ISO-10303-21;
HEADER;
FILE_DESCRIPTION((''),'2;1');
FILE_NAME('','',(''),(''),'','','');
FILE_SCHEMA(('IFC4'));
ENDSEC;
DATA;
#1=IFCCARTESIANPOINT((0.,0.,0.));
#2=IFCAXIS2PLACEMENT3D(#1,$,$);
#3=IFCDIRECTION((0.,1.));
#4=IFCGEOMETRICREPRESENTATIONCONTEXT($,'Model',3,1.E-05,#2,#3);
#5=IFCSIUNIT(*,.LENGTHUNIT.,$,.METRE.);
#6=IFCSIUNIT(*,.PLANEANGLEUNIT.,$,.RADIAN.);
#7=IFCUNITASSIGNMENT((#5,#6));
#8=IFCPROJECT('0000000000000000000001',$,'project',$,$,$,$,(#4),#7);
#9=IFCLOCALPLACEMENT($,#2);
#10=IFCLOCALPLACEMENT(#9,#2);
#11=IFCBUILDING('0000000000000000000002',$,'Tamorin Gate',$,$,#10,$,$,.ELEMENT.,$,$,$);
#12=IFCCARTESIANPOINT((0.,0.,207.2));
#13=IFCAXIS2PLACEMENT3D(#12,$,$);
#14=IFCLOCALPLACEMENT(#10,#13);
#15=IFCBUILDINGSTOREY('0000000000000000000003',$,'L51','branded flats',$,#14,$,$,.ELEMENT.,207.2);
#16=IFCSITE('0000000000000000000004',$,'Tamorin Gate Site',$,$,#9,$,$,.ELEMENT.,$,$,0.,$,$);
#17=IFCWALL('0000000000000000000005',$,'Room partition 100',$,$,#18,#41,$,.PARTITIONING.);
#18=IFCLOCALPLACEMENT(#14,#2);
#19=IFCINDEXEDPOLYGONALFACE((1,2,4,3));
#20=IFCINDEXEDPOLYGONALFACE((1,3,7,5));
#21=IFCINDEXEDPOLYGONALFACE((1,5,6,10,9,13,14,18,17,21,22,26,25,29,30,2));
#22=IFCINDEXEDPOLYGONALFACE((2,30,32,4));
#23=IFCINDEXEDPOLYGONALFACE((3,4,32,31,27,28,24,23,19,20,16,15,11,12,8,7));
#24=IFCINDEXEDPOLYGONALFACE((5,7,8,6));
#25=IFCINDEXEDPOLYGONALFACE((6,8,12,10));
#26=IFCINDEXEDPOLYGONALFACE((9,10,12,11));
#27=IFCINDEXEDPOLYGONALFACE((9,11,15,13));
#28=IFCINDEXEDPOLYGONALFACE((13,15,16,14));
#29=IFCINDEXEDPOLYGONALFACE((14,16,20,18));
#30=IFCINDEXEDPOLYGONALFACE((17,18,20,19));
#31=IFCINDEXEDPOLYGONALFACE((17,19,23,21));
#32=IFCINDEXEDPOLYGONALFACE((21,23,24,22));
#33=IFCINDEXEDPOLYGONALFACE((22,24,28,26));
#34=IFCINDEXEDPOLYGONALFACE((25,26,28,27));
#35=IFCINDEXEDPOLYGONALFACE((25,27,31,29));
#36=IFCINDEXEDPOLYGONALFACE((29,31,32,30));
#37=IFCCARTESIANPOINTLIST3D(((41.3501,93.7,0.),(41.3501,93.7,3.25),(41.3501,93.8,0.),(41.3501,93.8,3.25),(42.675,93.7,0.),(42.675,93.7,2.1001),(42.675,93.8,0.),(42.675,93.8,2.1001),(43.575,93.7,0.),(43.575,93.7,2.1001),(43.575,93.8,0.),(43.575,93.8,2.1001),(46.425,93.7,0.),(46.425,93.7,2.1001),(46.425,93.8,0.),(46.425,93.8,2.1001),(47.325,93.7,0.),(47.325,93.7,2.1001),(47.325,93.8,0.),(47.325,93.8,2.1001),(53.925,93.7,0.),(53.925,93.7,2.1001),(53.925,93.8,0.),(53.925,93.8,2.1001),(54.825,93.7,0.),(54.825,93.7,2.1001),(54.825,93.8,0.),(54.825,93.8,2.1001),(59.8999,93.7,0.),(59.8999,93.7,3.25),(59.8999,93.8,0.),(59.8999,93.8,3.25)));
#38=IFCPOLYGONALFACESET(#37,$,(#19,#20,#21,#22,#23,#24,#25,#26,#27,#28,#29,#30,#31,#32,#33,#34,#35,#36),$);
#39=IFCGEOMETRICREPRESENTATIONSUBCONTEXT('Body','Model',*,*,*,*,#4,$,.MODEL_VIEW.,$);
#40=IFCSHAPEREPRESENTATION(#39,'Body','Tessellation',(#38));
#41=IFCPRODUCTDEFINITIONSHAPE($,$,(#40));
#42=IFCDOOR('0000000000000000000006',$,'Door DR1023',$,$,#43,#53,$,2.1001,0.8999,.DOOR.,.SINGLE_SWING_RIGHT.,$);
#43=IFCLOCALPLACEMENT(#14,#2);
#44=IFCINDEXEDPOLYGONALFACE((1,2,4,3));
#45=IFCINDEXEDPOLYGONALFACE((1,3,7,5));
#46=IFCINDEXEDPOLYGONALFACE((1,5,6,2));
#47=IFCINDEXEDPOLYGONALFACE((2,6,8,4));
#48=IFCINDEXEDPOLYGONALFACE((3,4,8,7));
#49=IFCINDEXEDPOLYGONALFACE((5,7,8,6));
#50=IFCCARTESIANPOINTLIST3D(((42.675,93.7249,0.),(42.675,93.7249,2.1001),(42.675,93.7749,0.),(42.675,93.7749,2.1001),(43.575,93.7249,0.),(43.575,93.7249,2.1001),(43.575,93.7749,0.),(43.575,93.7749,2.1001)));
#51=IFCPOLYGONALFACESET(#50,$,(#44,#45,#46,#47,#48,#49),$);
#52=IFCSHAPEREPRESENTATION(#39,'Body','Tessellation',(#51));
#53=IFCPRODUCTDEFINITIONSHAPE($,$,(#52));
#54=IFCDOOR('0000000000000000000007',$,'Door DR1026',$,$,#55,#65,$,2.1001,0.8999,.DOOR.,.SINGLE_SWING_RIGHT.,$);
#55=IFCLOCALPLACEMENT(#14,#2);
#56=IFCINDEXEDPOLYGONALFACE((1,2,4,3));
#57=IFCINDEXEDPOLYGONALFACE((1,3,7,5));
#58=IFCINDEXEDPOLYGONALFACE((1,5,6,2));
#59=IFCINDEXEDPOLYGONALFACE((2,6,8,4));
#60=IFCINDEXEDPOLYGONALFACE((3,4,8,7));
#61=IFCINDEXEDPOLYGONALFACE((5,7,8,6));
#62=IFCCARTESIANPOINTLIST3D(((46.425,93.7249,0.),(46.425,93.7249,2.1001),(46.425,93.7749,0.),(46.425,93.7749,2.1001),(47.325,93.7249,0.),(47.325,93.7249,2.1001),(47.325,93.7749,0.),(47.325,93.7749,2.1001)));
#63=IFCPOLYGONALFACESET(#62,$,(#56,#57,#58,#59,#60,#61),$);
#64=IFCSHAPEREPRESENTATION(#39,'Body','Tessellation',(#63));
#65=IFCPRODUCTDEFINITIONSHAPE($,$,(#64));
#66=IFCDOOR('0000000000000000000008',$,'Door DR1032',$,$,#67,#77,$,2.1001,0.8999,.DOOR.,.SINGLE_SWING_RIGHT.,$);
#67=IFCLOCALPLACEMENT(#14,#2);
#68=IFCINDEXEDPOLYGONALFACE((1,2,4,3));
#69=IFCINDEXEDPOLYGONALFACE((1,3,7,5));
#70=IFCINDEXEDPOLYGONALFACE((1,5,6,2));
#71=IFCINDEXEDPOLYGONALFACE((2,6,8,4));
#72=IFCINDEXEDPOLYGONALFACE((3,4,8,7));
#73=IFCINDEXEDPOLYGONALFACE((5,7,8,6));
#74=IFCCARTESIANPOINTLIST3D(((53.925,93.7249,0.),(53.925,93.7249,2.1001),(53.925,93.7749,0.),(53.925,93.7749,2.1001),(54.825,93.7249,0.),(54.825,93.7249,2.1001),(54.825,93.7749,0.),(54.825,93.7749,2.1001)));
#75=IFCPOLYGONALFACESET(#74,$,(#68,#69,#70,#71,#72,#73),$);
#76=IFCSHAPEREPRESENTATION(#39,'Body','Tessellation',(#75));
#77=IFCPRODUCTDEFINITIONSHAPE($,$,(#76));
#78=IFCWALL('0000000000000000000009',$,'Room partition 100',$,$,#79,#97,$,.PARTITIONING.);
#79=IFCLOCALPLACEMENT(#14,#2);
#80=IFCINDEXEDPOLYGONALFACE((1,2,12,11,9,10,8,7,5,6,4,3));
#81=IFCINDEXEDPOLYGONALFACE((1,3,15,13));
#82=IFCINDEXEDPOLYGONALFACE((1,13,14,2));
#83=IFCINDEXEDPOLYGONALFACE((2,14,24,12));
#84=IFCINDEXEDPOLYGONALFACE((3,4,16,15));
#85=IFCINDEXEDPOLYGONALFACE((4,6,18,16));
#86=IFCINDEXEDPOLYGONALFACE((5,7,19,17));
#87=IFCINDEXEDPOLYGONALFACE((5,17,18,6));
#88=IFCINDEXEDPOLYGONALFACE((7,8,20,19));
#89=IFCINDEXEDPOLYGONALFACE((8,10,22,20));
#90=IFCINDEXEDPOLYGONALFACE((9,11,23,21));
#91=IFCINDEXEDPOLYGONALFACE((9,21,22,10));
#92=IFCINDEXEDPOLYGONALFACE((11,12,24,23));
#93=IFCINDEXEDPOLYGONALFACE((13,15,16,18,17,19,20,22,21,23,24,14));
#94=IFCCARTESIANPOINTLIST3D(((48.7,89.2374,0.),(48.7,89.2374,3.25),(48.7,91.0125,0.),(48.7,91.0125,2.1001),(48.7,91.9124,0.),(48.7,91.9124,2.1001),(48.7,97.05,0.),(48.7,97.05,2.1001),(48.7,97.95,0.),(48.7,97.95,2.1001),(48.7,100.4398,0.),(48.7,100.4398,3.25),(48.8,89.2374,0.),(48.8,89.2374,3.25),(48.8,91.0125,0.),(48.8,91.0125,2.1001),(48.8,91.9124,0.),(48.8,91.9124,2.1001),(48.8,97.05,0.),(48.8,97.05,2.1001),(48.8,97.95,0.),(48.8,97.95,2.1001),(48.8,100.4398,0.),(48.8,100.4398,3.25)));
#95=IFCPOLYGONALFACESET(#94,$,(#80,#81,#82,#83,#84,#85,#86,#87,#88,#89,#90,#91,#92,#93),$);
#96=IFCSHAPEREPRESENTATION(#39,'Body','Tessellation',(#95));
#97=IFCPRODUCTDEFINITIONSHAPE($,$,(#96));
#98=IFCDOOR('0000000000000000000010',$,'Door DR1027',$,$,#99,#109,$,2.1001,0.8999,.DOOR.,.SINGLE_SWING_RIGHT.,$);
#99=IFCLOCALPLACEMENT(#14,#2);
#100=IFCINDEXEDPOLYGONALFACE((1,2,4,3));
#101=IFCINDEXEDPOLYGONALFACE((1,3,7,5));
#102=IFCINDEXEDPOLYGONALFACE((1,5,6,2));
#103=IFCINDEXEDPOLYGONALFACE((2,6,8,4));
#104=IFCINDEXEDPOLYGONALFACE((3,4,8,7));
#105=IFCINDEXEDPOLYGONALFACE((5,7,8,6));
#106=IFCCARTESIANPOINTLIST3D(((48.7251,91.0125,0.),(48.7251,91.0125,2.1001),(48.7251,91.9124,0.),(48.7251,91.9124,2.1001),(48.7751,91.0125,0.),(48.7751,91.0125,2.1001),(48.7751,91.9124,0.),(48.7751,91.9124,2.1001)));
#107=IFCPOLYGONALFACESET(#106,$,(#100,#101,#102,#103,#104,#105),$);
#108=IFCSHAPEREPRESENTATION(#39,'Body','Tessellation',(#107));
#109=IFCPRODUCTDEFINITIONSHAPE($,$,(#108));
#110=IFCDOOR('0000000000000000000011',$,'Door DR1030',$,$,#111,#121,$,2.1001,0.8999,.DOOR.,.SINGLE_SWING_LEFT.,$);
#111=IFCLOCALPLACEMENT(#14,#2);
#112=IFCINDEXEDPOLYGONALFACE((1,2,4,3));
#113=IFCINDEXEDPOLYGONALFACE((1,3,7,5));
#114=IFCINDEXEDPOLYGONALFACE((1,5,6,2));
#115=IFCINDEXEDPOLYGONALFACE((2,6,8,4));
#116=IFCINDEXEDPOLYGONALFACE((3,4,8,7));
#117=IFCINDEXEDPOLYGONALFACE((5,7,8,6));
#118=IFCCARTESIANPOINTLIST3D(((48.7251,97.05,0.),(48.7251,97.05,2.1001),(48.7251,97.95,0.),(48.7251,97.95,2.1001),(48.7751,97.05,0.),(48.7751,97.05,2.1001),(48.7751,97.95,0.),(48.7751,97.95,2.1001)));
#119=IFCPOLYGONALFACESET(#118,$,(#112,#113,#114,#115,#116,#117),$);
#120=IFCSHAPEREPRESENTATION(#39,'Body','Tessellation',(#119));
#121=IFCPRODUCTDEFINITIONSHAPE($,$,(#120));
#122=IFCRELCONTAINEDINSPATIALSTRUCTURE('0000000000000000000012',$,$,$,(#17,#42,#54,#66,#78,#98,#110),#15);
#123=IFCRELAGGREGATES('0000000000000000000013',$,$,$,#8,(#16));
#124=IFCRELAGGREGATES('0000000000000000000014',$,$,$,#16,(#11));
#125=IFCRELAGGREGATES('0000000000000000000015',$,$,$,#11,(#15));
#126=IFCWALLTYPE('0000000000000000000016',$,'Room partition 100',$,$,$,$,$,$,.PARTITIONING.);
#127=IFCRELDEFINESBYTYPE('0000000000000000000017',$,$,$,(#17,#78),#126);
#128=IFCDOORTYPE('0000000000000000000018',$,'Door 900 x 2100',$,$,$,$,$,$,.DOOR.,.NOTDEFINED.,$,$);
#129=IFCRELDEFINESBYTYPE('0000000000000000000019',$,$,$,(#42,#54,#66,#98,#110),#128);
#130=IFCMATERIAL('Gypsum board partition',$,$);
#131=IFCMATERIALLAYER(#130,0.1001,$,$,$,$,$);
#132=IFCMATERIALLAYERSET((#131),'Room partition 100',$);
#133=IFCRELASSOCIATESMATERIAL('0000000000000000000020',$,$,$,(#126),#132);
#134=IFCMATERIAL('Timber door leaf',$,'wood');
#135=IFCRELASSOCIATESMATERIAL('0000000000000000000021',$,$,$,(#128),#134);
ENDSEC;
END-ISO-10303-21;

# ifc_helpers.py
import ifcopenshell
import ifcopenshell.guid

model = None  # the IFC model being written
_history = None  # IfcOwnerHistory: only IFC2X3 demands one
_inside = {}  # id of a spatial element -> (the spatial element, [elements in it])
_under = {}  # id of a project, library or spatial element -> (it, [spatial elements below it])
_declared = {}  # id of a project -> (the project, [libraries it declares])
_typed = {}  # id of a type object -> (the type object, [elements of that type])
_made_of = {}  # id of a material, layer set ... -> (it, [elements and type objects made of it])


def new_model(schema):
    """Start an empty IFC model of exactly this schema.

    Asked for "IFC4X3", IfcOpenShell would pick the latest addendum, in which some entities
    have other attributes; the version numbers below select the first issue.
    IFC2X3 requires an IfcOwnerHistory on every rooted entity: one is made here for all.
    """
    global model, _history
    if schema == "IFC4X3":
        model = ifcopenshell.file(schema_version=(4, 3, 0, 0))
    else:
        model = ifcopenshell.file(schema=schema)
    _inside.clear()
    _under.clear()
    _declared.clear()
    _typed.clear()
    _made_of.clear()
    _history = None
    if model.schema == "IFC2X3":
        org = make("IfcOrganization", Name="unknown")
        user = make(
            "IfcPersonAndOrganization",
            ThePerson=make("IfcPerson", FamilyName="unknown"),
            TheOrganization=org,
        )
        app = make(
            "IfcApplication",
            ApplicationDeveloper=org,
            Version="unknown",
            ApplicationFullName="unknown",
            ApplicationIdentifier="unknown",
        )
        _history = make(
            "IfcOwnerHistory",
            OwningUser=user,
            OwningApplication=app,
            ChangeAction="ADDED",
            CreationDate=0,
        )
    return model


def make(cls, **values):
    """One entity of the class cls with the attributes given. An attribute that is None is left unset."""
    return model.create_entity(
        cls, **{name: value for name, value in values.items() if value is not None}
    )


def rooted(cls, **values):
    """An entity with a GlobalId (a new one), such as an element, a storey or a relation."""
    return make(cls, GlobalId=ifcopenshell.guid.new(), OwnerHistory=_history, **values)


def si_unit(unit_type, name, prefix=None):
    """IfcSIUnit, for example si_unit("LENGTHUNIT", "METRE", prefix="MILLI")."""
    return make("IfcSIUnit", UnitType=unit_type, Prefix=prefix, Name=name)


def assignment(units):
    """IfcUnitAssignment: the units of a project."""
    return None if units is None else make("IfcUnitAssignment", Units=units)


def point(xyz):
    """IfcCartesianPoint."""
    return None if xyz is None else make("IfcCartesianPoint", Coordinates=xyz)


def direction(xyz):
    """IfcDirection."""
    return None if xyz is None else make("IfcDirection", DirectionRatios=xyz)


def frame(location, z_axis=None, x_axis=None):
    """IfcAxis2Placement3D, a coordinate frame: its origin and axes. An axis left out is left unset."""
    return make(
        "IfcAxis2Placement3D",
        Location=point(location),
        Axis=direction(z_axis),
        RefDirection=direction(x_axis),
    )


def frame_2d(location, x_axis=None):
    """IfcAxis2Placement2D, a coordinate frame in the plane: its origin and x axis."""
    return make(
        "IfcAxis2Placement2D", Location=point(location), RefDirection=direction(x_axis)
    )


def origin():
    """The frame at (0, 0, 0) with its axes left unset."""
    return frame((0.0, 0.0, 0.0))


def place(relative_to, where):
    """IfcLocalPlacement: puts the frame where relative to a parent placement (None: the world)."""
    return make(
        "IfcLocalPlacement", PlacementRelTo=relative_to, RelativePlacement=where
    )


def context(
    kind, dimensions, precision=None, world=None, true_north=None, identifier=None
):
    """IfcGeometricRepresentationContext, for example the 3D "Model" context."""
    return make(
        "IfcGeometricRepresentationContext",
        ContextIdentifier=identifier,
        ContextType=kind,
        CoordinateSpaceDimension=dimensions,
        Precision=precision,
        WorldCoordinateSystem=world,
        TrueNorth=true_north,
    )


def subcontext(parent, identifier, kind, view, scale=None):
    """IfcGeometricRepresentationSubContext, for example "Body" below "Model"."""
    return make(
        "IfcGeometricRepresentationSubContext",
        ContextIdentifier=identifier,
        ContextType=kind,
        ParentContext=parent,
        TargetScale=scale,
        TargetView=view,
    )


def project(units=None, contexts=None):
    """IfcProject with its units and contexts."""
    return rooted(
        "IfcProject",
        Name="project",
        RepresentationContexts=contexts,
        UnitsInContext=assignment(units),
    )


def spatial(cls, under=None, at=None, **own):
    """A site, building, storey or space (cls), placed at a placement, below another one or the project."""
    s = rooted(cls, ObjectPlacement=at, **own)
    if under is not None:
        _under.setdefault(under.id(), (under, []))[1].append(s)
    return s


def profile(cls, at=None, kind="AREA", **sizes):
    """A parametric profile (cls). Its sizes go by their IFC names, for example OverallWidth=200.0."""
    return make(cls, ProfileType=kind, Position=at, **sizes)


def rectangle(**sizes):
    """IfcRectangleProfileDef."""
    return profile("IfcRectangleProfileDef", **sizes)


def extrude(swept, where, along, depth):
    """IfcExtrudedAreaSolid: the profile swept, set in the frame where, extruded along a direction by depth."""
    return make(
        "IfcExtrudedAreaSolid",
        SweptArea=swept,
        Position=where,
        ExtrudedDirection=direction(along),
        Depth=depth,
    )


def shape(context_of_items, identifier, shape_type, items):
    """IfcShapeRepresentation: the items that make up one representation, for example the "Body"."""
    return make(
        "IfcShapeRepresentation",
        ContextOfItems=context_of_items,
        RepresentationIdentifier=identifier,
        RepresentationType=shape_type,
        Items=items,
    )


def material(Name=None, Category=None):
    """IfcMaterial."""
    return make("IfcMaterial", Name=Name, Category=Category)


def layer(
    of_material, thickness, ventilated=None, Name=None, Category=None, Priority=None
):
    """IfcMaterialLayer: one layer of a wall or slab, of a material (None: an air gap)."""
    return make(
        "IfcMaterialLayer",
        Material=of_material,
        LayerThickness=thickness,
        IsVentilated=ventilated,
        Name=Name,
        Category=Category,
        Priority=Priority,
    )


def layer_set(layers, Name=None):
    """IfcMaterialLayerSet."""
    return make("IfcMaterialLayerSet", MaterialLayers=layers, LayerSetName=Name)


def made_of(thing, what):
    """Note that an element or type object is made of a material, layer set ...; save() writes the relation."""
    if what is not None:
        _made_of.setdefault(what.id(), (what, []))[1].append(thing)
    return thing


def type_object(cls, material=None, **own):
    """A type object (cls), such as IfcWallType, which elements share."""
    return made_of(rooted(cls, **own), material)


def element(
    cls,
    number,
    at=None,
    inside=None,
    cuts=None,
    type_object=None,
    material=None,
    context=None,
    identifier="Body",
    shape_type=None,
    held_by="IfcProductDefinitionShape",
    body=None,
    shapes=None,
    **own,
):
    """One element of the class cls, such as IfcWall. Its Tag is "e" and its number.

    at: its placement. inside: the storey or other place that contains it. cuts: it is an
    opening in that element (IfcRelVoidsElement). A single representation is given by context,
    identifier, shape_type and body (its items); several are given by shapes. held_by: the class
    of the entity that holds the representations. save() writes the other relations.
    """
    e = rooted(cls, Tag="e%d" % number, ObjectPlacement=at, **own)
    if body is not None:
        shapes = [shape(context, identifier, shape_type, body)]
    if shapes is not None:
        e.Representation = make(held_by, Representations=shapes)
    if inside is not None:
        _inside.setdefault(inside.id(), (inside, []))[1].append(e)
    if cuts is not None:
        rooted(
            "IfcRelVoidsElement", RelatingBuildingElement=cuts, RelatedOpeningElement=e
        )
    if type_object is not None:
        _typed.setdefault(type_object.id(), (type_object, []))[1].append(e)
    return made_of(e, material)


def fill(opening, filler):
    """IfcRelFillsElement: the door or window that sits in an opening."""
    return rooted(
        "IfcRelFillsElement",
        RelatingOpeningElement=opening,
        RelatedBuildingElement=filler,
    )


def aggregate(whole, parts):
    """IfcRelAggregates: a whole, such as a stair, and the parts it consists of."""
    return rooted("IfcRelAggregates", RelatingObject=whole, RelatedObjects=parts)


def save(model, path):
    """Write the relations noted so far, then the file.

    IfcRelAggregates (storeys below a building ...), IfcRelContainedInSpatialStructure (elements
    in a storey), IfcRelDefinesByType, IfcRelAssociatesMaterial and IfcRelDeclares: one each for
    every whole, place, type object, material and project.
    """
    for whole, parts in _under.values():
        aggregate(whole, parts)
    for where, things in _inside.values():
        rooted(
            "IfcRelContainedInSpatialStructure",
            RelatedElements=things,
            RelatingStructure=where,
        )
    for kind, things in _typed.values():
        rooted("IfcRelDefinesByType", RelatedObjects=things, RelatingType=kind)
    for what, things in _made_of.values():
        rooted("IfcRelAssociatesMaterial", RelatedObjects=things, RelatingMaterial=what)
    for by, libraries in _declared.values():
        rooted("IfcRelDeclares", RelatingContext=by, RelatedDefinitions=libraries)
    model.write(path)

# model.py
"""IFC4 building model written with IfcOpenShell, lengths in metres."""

from ifc_helpers import new_model, si_unit, direction, frame, frame_2d, origin, place, context, subcontext, project, spatial, rectangle, extrude, material, layer, layer_set, type_object, element, fill, save


model = new_model("IFC4")

# Units and contexts
model_context = context("Model", 3, precision=1e-05, world=origin(), true_north=direction((0.0, 1.0)))
body_context = subcontext(model_context, "Body", "Model", "MODEL_VIEW")
ifc_project = project(units=[si_unit("LENGTHUNIT", "METRE"), si_unit("PLANEANGLEUNIT", "RADIAN")], contexts=[model_context])

# Site, building, storey
site_placement = place(None, origin())
site = spatial("IfcSite", under=ifc_project, at=site_placement, Name="Tamorin Gate Site", CompositionType="ELEMENT", RefElevation=0.0)
building_placement = place(site_placement, origin())
building = spatial("IfcBuilding", under=site, at=building_placement, Name="Tamorin Gate", CompositionType="ELEMENT")
storey_placement = place(building_placement, frame((0.0, 0.0, 207.2)))
storey = spatial("IfcBuildingStorey", under=building, at=storey_placement, Name="L51", Description="branded flats", CompositionType="ELEMENT", Elevation=207.2)

# Walls, openings, doors
ifc_material_1 = material(Name="Gypsum board partition")
ifc_layer_1 = layer(ifc_material_1, 0.1001)
ifc_layer_set_1 = layer_set([ifc_layer_1], Name="Room partition 100")
wall_type_1 = type_object("IfcWallType", Name="Room partition 100", PredefinedType="PARTITIONING", material=ifc_layer_set_1)
wall_1_placement = place(storey_placement, frame((41.3501, 93.75, 0.0), z_axis=(0.0, 0.0, 1.0), x_axis=(1.0, 0.0, 0.0)))
wall_1 = element("IfcWall", 1, at=wall_1_placement, inside=storey, type_object=wall_type_1, Name="Room partition 100", PredefinedType="PARTITIONING", context=body_context, shape_type="SweptSolid", body=[
    extrude(rectangle(XDim=18.5498, YDim=0.1001, at=frame_2d((9.2749, 0.0))), origin(), (0.0, 0.0, 1.0), 3.25),
])
opening_1_placement = place(wall_1_placement, frame((1.325, 0.0, 0.0)))
opening_1 = element("IfcOpeningElement", 2, at=opening_1_placement, cuts=wall_1, PredefinedType="OPENING", context=body_context, shape_type="SweptSolid", body=[
    extrude(rectangle(XDim=0.8999, YDim=2.1001, at=frame_2d((0.45, 1.05))), frame((0.0, 0.0601, 0.0), z_axis=(0.0, -1.0, 0.0), x_axis=(1.0, 0.0, 0.0)), (0.0, 0.0, 1.0), 0.1201),
])
opening_2_placement = place(wall_1_placement, frame((5.075, 0.0, 0.0)))
opening_2 = element("IfcOpeningElement", 3, at=opening_2_placement, cuts=wall_1, PredefinedType="OPENING", context=body_context, shape_type="SweptSolid", body=[
    extrude(rectangle(XDim=0.8999, YDim=2.1001, at=frame_2d((0.45, 1.05))), frame((0.0, 0.0601, 0.0), z_axis=(0.0, -1.0, 0.0), x_axis=(1.0, 0.0, 0.0)), (0.0, 0.0, 1.0), 0.1201),
])
opening_3_placement = place(wall_1_placement, frame((12.575, 0.0, 0.0)))
opening_3 = element("IfcOpeningElement", 4, at=opening_3_placement, cuts=wall_1, PredefinedType="OPENING", context=body_context, shape_type="SweptSolid", body=[
    extrude(rectangle(XDim=0.8999, YDim=2.1001, at=frame_2d((0.45, 1.05))), frame((0.0, 0.0601, 0.0), z_axis=(0.0, -1.0, 0.0), x_axis=(1.0, 0.0, 0.0)), (0.0, 0.0, 1.0), 0.1201),
])
ifc_material_2 = material(Name="Timber door leaf", Category="wood")
door_type = type_object("IfcDoorType", Name="Door 900 x 2100", OperationType="NOTDEFINED", PredefinedType="DOOR", material=ifc_material_2)
door_1_placement = place(opening_1_placement, origin())
door_1 = element("IfcDoor", 5, at=door_1_placement, inside=storey, type_object=door_type, Name="Door DR1023", OperationType="SINGLE_SWING_RIGHT", OverallHeight=2.1001, OverallWidth=0.8999, PredefinedType="DOOR", context=body_context, shape_type="SweptSolid", body=[
    extrude(rectangle(XDim=0.8999, YDim=2.1001, at=frame_2d((0.45, 1.05))), frame((0.0, 0.0249, 0.0), z_axis=(0.0, -1.0, 0.0), x_axis=(1.0, 0.0, 0.0)), (0.0, 0.0, 1.0), 0.05),
])
fill(opening_1, door_1)
door_2_placement = place(opening_2_placement, origin())
door_2 = element("IfcDoor", 6, at=door_2_placement, inside=storey, type_object=door_type, Name="Door DR1026", OperationType="SINGLE_SWING_RIGHT", OverallHeight=2.1001, OverallWidth=0.8999, PredefinedType="DOOR", context=body_context, shape_type="SweptSolid", body=[
    extrude(rectangle(XDim=0.8999, YDim=2.1001, at=frame_2d((0.45, 1.05))), frame((0.0, 0.0249, 0.0), z_axis=(0.0, -1.0, 0.0), x_axis=(1.0, 0.0, 0.0)), (0.0, 0.0, 1.0), 0.05),
])
fill(opening_2, door_2)
door_3_placement = place(opening_3_placement, origin())
door_3 = element("IfcDoor", 7, at=door_3_placement, inside=storey, type_object=door_type, Name="Door DR1032", OperationType="SINGLE_SWING_RIGHT", OverallHeight=2.1001, OverallWidth=0.8999, PredefinedType="DOOR", context=body_context, shape_type="SweptSolid", body=[
    extrude(rectangle(XDim=0.8999, YDim=2.1001, at=frame_2d((0.45, 1.05))), frame((0.0, 0.0249, 0.0), z_axis=(0.0, -1.0, 0.0), x_axis=(1.0, 0.0, 0.0)), (0.0, 0.0, 1.0), 0.05),
])
fill(opening_3, door_3)
wall_2_placement = place(storey_placement, frame((48.75, 89.2375, 0.0), z_axis=(0.0, 0.0, 1.0), x_axis=(0.0, 1.0, 0.0)))
wall_2 = element("IfcWall", 8, at=wall_2_placement, inside=storey, type_object=wall_type_1, Name="Room partition 100", PredefinedType="PARTITIONING", context=body_context, shape_type="SweptSolid", body=[
    extrude(rectangle(XDim=11.2024, YDim=0.1001, at=frame_2d((5.6011, 0.0))), origin(), (0.0, 0.0, 1.0), 3.25),
])
opening_4_placement = place(wall_2_placement, frame((1.7749, 0.0, 0.0)))
opening_4 = element("IfcOpeningElement", 9, at=opening_4_placement, cuts=wall_2, PredefinedType="OPENING", context=body_context, shape_type="SweptSolid", body=[
    extrude(rectangle(XDim=0.8999, YDim=2.1001, at=frame_2d((0.45, 1.05))), frame((0.0, 0.0601, 0.0), z_axis=(0.0, -1.0, 0.0), x_axis=(1.0, 0.0, 0.0)), (0.0, 0.0, 1.0), 0.1201),
])
opening_5_placement = place(wall_2_placement, frame((7.8125, 0.0, 0.0)))
opening_5 = element("IfcOpeningElement", 10, at=opening_5_placement, cuts=wall_2, PredefinedType="OPENING", context=body_context, shape_type="SweptSolid", body=[
    extrude(rectangle(XDim=0.8999, YDim=2.1001, at=frame_2d((0.45, 1.05))), frame((0.0, 0.0601, 0.0), z_axis=(0.0, -1.0, 0.0), x_axis=(1.0, 0.0, 0.0)), (0.0, 0.0, 1.0), 0.1201),
])
door_4_placement = place(opening_4_placement, origin())
door_4 = element("IfcDoor", 11, at=door_4_placement, inside=storey, type_object=door_type, Name="Door DR1027", OperationType="SINGLE_SWING_RIGHT", OverallHeight=2.1001, OverallWidth=0.8999, PredefinedType="DOOR", context=body_context, shape_type="SweptSolid", body=[
    extrude(rectangle(XDim=0.8999, YDim=2.1001, at=frame_2d((0.45, 1.05))), frame((0.0, 0.0249, 0.0), z_axis=(0.0, -1.0, 0.0), x_axis=(1.0, 0.0, 0.0)), (0.0, 0.0, 1.0), 0.05),
])
fill(opening_4, door_4)
door_5_placement = place(opening_5_placement, origin())
door_5 = element("IfcDoor", 12, at=door_5_placement, inside=storey, type_object=door_type, Name="Door DR1030", OperationType="SINGLE_SWING_LEFT", OverallHeight=2.1001, OverallWidth=0.8999, PredefinedType="DOOR", context=body_context, shape_type="SweptSolid", body=[
    extrude(rectangle(XDim=0.8999, YDim=2.1001, at=frame_2d((0.45, 1.05))), frame((0.0, 0.0249, 0.0), z_axis=(0.0, -1.0, 0.0), x_axis=(1.0, 0.0, 0.0)), (0.0, 0.0, 1.0), 0.05),
])
fill(opening_5, door_5)

save(model, "model.ifc")
